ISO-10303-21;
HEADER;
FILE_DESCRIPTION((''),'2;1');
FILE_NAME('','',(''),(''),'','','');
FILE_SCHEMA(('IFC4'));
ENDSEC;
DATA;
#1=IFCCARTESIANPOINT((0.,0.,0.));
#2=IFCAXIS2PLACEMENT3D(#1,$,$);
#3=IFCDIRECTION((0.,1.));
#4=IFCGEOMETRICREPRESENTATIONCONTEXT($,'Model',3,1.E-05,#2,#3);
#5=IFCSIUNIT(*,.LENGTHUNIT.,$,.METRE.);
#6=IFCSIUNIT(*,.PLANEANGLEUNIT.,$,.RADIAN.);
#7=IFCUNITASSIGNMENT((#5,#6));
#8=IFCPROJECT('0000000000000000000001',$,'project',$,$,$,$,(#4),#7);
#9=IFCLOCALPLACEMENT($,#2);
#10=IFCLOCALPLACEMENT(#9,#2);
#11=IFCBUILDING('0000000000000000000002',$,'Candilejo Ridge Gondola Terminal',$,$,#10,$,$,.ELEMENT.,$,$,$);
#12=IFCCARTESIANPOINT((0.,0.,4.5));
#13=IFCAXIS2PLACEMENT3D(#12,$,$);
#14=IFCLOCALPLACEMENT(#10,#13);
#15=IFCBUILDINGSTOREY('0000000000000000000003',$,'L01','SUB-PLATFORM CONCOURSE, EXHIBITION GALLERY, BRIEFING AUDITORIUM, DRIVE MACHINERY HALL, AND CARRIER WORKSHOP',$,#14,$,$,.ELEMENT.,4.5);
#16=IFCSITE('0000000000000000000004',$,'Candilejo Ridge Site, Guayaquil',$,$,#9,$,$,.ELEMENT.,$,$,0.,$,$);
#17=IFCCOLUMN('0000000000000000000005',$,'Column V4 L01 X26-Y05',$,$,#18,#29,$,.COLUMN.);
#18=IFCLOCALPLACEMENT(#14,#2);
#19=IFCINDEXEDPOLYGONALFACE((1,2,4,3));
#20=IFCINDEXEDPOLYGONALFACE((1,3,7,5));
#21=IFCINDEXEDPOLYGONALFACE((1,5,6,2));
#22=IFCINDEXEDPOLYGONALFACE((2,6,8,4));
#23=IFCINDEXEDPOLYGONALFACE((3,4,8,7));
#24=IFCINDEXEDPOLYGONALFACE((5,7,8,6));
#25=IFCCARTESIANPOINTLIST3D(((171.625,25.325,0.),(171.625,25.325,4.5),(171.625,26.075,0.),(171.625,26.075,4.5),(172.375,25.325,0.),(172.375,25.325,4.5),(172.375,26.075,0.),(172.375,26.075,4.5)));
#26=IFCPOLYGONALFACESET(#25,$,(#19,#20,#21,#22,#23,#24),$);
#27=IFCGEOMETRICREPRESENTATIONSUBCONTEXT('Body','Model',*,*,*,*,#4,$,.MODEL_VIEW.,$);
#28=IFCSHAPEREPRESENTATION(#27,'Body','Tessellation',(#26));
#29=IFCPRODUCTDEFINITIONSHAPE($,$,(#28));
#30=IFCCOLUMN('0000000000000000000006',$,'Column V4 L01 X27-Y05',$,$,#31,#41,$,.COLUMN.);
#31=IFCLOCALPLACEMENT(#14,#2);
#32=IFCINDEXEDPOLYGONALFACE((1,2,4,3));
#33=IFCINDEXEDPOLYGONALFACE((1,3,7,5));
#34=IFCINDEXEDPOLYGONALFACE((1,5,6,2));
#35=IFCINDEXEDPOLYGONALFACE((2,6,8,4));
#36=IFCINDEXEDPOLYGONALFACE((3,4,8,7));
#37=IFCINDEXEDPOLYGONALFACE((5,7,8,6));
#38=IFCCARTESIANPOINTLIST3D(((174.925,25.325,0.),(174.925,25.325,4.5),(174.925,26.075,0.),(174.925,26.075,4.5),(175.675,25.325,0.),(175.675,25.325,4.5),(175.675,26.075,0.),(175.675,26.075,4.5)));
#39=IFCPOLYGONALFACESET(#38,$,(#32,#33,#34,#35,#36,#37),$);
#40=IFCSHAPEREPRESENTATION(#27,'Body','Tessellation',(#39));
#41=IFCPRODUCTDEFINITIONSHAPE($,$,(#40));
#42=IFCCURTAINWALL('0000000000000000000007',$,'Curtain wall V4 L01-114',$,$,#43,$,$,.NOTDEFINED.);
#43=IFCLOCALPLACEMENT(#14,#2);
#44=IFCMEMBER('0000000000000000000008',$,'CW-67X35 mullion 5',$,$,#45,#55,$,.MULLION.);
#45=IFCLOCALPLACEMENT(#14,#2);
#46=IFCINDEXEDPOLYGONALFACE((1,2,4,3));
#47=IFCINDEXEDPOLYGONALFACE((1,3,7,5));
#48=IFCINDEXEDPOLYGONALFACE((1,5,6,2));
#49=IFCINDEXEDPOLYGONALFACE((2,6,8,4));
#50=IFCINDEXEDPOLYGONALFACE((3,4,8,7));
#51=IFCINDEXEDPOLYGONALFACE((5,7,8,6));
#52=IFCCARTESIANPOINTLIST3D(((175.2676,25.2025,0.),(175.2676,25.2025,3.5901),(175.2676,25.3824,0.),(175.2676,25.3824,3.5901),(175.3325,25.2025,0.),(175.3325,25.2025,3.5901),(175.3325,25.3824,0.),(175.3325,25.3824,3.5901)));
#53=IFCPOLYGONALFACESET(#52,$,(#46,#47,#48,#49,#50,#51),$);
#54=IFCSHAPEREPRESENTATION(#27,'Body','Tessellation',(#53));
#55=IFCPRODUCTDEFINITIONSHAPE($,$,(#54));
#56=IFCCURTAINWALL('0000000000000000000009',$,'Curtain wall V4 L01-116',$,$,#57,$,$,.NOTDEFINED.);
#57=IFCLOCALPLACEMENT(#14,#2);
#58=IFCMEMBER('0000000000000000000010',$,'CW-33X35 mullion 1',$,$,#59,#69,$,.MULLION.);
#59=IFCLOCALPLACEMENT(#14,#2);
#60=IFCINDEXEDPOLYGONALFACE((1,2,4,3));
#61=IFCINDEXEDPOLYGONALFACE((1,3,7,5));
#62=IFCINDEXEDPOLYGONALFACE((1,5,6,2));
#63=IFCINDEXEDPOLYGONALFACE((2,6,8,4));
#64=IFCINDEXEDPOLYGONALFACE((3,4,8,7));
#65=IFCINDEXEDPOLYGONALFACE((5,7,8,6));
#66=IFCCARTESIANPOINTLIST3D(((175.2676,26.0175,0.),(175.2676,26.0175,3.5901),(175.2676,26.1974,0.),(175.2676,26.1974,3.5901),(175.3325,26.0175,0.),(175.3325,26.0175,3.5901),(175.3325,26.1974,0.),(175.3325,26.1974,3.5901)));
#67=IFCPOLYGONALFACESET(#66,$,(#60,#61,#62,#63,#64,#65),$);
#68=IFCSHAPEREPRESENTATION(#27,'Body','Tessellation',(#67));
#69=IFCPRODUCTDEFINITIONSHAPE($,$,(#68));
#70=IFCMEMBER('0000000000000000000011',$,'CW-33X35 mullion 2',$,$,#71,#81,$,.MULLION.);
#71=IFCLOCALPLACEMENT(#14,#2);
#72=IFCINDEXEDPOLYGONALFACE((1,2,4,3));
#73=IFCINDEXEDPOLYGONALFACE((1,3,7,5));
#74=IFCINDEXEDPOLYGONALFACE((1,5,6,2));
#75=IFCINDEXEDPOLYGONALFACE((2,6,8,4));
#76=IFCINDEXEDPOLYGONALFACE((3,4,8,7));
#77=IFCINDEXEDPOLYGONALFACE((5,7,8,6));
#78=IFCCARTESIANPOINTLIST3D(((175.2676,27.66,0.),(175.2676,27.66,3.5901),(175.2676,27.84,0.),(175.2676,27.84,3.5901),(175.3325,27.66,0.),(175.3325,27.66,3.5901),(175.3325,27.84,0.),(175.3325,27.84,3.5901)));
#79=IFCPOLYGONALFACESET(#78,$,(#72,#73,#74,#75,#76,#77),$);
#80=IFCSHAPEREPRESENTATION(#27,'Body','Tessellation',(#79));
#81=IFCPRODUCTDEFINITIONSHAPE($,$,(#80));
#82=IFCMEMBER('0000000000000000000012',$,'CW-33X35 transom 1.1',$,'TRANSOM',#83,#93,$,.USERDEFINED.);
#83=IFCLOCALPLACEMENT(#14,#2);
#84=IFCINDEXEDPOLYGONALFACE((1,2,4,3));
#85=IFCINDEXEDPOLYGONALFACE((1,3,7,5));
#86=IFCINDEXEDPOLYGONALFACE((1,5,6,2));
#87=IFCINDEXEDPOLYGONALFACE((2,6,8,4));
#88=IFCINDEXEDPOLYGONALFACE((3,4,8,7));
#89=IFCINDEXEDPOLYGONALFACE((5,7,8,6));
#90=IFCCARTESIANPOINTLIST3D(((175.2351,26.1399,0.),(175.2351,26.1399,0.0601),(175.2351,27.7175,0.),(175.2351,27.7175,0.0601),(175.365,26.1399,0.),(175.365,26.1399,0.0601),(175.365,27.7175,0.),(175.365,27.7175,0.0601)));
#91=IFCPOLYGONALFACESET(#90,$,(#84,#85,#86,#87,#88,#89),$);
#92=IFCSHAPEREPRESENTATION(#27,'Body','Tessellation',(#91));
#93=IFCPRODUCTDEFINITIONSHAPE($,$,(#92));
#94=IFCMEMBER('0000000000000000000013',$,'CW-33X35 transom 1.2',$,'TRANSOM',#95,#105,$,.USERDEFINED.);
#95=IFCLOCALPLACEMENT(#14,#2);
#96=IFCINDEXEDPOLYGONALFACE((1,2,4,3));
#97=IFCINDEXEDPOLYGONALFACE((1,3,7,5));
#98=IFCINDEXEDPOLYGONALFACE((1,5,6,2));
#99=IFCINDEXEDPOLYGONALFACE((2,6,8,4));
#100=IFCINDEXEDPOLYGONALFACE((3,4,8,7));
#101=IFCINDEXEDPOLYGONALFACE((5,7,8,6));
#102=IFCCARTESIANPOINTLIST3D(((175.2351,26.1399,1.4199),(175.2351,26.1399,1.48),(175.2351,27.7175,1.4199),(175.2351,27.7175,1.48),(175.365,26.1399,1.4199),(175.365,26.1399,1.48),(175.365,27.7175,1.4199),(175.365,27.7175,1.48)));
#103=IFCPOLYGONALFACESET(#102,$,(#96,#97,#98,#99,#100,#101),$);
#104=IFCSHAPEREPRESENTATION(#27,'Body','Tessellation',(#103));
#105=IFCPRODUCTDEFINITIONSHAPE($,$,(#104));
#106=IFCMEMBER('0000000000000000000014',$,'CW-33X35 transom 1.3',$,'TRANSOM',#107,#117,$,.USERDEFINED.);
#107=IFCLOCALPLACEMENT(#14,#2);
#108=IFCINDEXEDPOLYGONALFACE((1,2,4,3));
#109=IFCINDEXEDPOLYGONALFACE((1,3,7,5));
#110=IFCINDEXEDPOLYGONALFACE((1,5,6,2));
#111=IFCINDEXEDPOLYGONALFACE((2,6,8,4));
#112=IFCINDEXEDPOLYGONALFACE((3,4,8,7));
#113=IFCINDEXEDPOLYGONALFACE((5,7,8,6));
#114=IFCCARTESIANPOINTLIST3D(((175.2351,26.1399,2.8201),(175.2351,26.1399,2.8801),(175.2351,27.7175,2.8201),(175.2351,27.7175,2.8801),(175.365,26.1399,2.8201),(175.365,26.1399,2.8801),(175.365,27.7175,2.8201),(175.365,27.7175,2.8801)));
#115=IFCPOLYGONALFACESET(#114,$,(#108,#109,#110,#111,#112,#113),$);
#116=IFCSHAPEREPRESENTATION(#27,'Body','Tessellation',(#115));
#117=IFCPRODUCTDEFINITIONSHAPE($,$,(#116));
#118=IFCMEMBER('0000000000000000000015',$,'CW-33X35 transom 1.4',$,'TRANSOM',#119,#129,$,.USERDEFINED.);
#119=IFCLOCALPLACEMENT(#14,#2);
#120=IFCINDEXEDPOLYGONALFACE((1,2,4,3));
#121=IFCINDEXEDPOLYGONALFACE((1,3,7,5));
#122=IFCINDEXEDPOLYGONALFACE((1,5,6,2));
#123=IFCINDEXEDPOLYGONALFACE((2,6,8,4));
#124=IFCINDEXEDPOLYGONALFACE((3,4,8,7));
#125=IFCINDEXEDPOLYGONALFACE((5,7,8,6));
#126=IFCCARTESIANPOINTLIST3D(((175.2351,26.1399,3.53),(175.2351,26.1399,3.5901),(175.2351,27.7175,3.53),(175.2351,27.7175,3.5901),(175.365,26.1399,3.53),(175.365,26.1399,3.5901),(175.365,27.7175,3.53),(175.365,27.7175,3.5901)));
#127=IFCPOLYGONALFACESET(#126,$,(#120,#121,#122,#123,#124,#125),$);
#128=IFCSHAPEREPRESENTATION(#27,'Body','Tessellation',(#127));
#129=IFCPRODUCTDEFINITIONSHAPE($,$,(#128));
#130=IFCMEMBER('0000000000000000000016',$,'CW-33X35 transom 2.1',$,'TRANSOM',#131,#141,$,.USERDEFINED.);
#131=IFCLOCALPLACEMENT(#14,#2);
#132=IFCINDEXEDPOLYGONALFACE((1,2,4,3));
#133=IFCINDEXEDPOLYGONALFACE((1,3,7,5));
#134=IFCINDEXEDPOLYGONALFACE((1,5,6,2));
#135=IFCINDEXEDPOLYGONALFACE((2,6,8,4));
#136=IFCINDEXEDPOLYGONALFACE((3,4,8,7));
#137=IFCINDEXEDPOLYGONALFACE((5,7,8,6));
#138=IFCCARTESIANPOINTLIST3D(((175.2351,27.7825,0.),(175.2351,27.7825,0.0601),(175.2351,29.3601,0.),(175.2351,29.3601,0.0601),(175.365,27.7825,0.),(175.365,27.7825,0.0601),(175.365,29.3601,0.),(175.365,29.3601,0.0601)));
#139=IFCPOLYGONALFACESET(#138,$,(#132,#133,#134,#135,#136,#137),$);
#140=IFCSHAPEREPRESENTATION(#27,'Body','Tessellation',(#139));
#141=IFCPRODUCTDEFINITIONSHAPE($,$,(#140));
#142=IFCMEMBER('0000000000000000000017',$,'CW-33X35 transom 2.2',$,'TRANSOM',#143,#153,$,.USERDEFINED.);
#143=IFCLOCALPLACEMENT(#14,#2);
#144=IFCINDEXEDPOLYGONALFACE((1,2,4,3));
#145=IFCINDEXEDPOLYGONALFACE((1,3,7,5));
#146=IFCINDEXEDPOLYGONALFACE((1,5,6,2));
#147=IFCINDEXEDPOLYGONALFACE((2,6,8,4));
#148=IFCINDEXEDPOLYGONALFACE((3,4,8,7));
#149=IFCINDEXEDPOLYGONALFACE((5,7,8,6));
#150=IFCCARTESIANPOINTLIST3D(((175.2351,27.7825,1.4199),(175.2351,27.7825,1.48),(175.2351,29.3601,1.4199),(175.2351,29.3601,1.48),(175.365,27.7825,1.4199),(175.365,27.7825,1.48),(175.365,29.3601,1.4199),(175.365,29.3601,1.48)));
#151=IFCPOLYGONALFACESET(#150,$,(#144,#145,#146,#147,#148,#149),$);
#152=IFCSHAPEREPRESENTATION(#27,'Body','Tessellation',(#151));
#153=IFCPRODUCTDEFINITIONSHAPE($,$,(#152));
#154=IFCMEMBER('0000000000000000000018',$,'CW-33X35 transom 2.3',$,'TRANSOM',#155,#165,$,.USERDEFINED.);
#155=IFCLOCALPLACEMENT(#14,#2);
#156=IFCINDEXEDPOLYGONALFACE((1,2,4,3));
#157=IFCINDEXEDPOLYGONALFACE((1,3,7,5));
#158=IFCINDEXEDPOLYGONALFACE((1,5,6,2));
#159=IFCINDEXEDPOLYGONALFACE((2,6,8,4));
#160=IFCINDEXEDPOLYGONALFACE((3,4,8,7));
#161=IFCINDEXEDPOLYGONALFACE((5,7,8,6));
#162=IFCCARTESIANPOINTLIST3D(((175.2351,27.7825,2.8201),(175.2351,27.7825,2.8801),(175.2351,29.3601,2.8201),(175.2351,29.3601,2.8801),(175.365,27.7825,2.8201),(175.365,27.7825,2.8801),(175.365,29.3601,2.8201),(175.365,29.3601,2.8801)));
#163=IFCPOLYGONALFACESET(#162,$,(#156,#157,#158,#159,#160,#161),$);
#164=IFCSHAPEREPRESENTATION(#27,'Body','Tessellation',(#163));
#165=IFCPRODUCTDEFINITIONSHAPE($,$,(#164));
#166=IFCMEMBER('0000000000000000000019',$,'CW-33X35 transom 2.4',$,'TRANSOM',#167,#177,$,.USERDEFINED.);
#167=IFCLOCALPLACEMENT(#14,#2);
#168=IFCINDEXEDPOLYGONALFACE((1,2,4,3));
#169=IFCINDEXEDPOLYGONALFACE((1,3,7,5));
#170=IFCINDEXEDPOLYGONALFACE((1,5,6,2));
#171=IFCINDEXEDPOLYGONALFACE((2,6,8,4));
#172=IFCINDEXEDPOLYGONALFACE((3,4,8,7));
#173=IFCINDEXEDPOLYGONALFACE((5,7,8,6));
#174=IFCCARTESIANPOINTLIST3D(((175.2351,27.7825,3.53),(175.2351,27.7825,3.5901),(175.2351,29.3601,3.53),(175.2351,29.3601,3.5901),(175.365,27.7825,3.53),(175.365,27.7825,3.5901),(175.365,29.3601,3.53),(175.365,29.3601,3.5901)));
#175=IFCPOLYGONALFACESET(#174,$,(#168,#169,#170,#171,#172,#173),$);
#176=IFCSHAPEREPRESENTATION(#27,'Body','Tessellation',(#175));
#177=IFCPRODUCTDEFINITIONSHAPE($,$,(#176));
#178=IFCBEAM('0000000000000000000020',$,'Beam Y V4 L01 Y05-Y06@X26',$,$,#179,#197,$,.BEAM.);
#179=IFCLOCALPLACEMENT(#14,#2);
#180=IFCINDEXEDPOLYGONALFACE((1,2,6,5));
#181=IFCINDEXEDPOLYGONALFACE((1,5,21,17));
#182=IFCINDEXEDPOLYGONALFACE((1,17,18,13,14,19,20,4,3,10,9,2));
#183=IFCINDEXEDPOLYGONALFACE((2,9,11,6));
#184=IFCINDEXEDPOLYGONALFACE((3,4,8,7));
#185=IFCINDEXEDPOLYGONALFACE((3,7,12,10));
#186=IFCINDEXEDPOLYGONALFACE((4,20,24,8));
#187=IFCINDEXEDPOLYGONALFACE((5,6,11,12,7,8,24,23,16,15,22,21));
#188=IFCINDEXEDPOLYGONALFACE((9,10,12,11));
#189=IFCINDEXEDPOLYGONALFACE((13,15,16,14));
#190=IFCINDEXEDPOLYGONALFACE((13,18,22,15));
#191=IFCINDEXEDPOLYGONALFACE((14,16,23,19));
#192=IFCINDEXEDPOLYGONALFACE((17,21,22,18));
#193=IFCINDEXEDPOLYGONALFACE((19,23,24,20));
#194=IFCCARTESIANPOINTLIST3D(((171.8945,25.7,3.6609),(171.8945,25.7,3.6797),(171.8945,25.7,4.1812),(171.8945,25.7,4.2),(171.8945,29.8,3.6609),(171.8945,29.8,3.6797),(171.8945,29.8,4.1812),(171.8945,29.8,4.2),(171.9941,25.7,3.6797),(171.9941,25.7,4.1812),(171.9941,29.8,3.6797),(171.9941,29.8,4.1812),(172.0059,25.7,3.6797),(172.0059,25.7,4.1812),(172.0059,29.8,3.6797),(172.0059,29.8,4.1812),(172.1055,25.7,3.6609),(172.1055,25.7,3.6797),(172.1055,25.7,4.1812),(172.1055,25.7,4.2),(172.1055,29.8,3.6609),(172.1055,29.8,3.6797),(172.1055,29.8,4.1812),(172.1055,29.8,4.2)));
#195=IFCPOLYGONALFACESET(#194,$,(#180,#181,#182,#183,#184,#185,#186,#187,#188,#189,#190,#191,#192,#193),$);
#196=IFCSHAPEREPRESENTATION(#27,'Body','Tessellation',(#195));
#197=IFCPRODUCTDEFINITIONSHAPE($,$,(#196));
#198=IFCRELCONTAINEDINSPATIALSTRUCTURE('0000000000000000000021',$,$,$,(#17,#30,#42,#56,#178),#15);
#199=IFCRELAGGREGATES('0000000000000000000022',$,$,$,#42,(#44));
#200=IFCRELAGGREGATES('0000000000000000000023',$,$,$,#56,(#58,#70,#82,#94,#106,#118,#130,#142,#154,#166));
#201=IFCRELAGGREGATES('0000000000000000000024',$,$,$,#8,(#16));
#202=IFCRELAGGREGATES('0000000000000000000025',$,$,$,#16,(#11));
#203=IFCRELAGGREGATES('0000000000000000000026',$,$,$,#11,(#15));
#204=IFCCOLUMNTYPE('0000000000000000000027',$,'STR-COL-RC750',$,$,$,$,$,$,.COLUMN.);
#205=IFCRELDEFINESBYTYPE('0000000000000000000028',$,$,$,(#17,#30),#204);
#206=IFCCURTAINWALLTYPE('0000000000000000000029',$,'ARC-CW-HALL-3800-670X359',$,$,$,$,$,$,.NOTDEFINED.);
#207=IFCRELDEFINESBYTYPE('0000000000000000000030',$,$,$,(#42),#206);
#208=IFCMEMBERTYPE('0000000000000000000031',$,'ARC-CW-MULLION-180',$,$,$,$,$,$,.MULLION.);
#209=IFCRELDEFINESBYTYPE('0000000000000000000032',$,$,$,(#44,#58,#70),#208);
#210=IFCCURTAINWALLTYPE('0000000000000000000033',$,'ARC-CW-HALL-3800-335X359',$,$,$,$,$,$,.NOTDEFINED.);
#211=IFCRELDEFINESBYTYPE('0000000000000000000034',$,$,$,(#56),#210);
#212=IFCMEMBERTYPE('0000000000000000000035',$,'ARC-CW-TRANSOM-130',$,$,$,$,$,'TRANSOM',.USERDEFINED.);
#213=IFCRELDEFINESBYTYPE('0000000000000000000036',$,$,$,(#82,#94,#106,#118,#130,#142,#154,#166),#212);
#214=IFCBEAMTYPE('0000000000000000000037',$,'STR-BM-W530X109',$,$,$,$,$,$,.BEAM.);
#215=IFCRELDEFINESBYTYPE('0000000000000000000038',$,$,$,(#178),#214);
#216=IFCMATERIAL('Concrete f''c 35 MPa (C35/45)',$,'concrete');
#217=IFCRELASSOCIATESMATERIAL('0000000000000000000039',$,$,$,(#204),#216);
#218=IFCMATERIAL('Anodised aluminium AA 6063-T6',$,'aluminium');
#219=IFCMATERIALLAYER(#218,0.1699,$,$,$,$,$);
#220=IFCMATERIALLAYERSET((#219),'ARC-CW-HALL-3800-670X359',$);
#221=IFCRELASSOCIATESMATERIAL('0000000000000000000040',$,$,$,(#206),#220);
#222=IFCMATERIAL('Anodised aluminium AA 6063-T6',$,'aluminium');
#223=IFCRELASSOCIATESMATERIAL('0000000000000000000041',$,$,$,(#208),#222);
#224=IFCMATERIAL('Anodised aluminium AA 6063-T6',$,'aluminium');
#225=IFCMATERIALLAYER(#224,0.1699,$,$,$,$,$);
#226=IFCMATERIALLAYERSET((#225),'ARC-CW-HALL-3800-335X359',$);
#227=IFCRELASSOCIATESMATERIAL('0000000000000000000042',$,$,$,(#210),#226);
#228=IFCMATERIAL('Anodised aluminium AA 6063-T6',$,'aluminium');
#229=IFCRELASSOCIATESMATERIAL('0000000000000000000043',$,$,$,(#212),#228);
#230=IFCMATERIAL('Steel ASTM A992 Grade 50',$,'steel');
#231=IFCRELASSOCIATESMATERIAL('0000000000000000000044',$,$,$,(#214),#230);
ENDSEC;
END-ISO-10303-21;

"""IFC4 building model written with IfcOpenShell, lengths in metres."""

from ifc_helpers import new_model, si_unit, direction, frame, origin, origin_2d, place, context, subcontext, project, spatial, rectangle, i_section, extrude, material, layer, layer_set, material_profile, profile_set, type_object, element, aggregate, save


model = new_model("IFC4")

# Units and contexts
model_context = context("Model", 3, precision=1e-05, world=origin(), true_north=direction((0.0, 1.0)))
body_context = subcontext(model_context, "Body", "Model", "MODEL_VIEW")
ifc_project = project(units=[si_unit("LENGTHUNIT", "METRE"), si_unit("PLANEANGLEUNIT", "RADIAN")], contexts=[model_context])

# Site, building, storey
site_placement = place(None, origin())
site = spatial("IfcSite", under=ifc_project, at=site_placement, Name="Candilejo Ridge Site, Guayaquil", CompositionType="ELEMENT", RefElevation=0.0)
building_placement = place(site_placement, origin())
building = spatial("IfcBuilding", under=site, at=building_placement, Name="Candilejo Ridge Gondola Terminal", CompositionType="ELEMENT")
storey_placement = place(building_placement, frame((0.0, 0.0, 4.5)))
storey = spatial("IfcBuildingStorey", under=building, at=storey_placement, Name="L01", Description="SUB-PLATFORM CONCOURSE, EXHIBITION GALLERY, BRIEFING AUDITORIUM, DRIVE MACHINERY HALL, AND CARRIER WORKSHOP", CompositionType="ELEMENT", Elevation=4.5)

# Columns
ifc_material_1 = material(Name="Concrete f'c 35 MPa (C35/45)", Category="concrete")
ifc_material_profile_1 = material_profile(ifc_material_1, rectangle(XDim=0.75, YDim=0.75, at=origin_2d()))
ifc_profile_set_1 = profile_set([ifc_material_profile_1], Name="Concrete f'c 35 MPa (C35/45)")
column_type = type_object("IfcColumnType", Name="STR-COL-RC750", PredefinedType="COLUMN", material=ifc_profile_set_1)
for number, where, z_axis, x_axis, name in (
    (1, (172.0, 25.7, 0.0), (0.0, 0.0, 1.0), (1.0, 0.0, 0.0), "Column V4 L01 X26-Y05"),
    (2, (175.3, 25.7, 0.0), (0.0, 0.0, 1.0), (1.0, 0.0, 0.0), "Column V4 L01 X27-Y05"),
):
    element("IfcColumn", number, at=place(storey_placement, frame(where, z_axis=z_axis, x_axis=x_axis)), inside=storey, type_object=column_type, Name=name, PredefinedType="COLUMN", context=body_context, shape_type="SweptSolid", body=[
        extrude(rectangle(XDim=0.75, YDim=0.75, at=origin_2d()), origin(), (0.0, 0.0, 1.0), 4.5),
    ])

# Curtain wall, member
ifc_material_2 = material(Name="Anodised aluminium AA 6063-T6", Category="aluminium")
ifc_layer_1 = layer(ifc_material_2, 0.1699)
ifc_layer_set_1 = layer_set([ifc_layer_1], Name="ARC-CW-HALL-3800-670X359")
curtain_wall_type_1 = type_object("IfcCurtainWallType", Name="ARC-CW-HALL-3800-670X359", PredefinedType="NOTDEFINED", material=ifc_layer_set_1)
curtain_wall_1_placement = place(storey_placement, origin())
curtain_wall_1 = element("IfcCurtainWall", 3, at=curtain_wall_1_placement, inside=storey, type_object=curtain_wall_type_1, Name="Curtain wall V4 L01-114", PredefinedType="NOTDEFINED")
ifc_material_3 = material(Name="Anodised aluminium AA 6063-T6", Category="aluminium")
ifc_material_profile_2 = material_profile(ifc_material_3, rectangle(XDim=0.0649, YDim=0.1799, at=origin_2d()))
ifc_profile_set_2 = profile_set([ifc_material_profile_2], Name="Anodised aluminium AA 6063-T6")
member_type_1 = type_object("IfcMemberType", Name="ARC-CW-MULLION-180", PredefinedType="MULLION", material=ifc_profile_set_2)
member_1_placement = place(storey_placement, frame((175.3, 25.2925, 0.0), z_axis=(0.0, 0.0, 1.0), x_axis=(-1.0, 0.0, 0.0)))
member_1 = element("IfcMember", 4, at=member_1_placement, type_object=member_type_1, Name="CW-67X35 mullion 5", PredefinedType="MULLION", context=body_context, shape_type="SweptSolid", body=[
    extrude(rectangle(XDim=0.0649, YDim=0.1799, at=origin_2d()), origin(), (0.0, 0.0, 1.0), 3.5901),
])

# Curtain wall, members
ifc_material_4 = material(Name="Anodised aluminium AA 6063-T6", Category="aluminium")
ifc_layer_2 = layer(ifc_material_4, 0.1699)
ifc_layer_set_2 = layer_set([ifc_layer_2], Name="ARC-CW-HALL-3800-335X359")
curtain_wall_type_2 = type_object("IfcCurtainWallType", Name="ARC-CW-HALL-3800-335X359", PredefinedType="NOTDEFINED", material=ifc_layer_set_2)
curtain_wall_2_placement = place(storey_placement, origin())
curtain_wall_2 = element("IfcCurtainWall", 5, at=curtain_wall_2_placement, inside=storey, type_object=curtain_wall_type_2, Name="Curtain wall V4 L01-116", PredefinedType="NOTDEFINED")
member_2_placement = place(storey_placement, frame((175.3, 26.1074, 0.0), z_axis=(0.0, 0.0, 1.0), x_axis=(-1.0, 0.0, 0.0)))
member_2 = element("IfcMember", 6, at=member_2_placement, type_object=member_type_1, Name="CW-33X35 mullion 1", PredefinedType="MULLION", context=body_context, shape_type="SweptSolid", body=[
    extrude(rectangle(XDim=0.0649, YDim=0.1799, at=origin_2d()), origin(), (0.0, 0.0, 1.0), 3.5901),
])
member_3_placement = place(storey_placement, frame((175.3, 27.75, 0.0), z_axis=(0.0, 0.0, 1.0), x_axis=(-1.0, 0.0, 0.0)))
member_3 = element("IfcMember", 7, at=member_3_placement, type_object=member_type_1, Name="CW-33X35 mullion 2", PredefinedType="MULLION", context=body_context, shape_type="SweptSolid", body=[
    extrude(rectangle(XDim=0.0649, YDim=0.1799, at=origin_2d()), origin(), (0.0, 0.0, 1.0), 3.5901),
])
ifc_material_5 = material(Name="Anodised aluminium AA 6063-T6", Category="aluminium")
ifc_material_profile_3 = material_profile(ifc_material_5, rectangle(XDim=0.1299, YDim=0.0601, at=origin_2d()))
ifc_profile_set_3 = profile_set([ifc_material_profile_3], Name="Anodised aluminium AA 6063-T6")
member_type_2 = type_object("IfcMemberType", Name="ARC-CW-TRANSOM-130", ElementType="TRANSOM", PredefinedType="USERDEFINED", material=ifc_profile_set_3)
member_4_placement = place(storey_placement, frame((175.3, 26.1399, 0.03), z_axis=(0.0, 1.0, 0.0), x_axis=(-1.0, 0.0, 0.0)))
member_4 = element("IfcMember", 8, at=member_4_placement, type_object=member_type_2, Name="CW-33X35 transom 1.1", ObjectType="TRANSOM", PredefinedType="USERDEFINED", context=body_context, shape_type="SweptSolid", body=[
    extrude(rectangle(XDim=0.1299, YDim=0.0601, at=origin_2d()), origin(), (0.0, 0.0, 1.0), 1.5776),
])
member_5_placement = place(storey_placement, frame((175.3, 26.1399, 1.45), z_axis=(0.0, 1.0, 0.0), x_axis=(-1.0, 0.0, 0.0)))
member_5 = element("IfcMember", 9, at=member_5_placement, type_object=member_type_2, Name="CW-33X35 transom 1.2", ObjectType="TRANSOM", PredefinedType="USERDEFINED", context=body_context, shape_type="SweptSolid", body=[
    extrude(rectangle(XDim=0.1299, YDim=0.0601, at=origin_2d()), origin(), (0.0, 0.0, 1.0), 1.5776),
])
member_6_placement = place(storey_placement, frame((175.3, 26.1399, 2.8501), z_axis=(0.0, 1.0, 0.0), x_axis=(-1.0, 0.0, 0.0)))
member_6 = element("IfcMember", 10, at=member_6_placement, type_object=member_type_2, Name="CW-33X35 transom 1.3", ObjectType="TRANSOM", PredefinedType="USERDEFINED", context=body_context, shape_type="SweptSolid", body=[
    extrude(rectangle(XDim=0.1299, YDim=0.0601, at=origin_2d()), origin(), (0.0, 0.0, 1.0), 1.5776),
])
member_7_placement = place(storey_placement, frame((175.3, 26.1399, 3.5601), z_axis=(0.0, 1.0, 0.0), x_axis=(-1.0, 0.0, 0.0)))
member_7 = element("IfcMember", 11, at=member_7_placement, type_object=member_type_2, Name="CW-33X35 transom 1.4", ObjectType="TRANSOM", PredefinedType="USERDEFINED", context=body_context, shape_type="SweptSolid", body=[
    extrude(rectangle(XDim=0.1299, YDim=0.0601, at=origin_2d()), origin(), (0.0, 0.0, 1.0), 1.5776),
])
member_8_placement = place(storey_placement, frame((175.3, 27.7825, 0.03), z_axis=(0.0, 1.0, 0.0), x_axis=(-1.0, 0.0, 0.0)))
member_8 = element("IfcMember", 12, at=member_8_placement, type_object=member_type_2, Name="CW-33X35 transom 2.1", ObjectType="TRANSOM", PredefinedType="USERDEFINED", context=body_context, shape_type="SweptSolid", body=[
    extrude(rectangle(XDim=0.1299, YDim=0.0601, at=origin_2d()), origin(), (0.0, 0.0, 1.0), 1.5776),
])
member_9_placement = place(storey_placement, frame((175.3, 27.7825, 1.45), z_axis=(0.0, 1.0, 0.0), x_axis=(-1.0, 0.0, 0.0)))
member_9 = element("IfcMember", 13, at=member_9_placement, type_object=member_type_2, Name="CW-33X35 transom 2.2", ObjectType="TRANSOM", PredefinedType="USERDEFINED", context=body_context, shape_type="SweptSolid", body=[
    extrude(rectangle(XDim=0.1299, YDim=0.0601, at=origin_2d()), origin(), (0.0, 0.0, 1.0), 1.5776),
])
member_10_placement = place(storey_placement, frame((175.3, 27.7825, 2.8501), z_axis=(0.0, 1.0, 0.0), x_axis=(-1.0, 0.0, 0.0)))
member_10 = element("IfcMember", 14, at=member_10_placement, type_object=member_type_2, Name="CW-33X35 transom 2.3", ObjectType="TRANSOM", PredefinedType="USERDEFINED", context=body_context, shape_type="SweptSolid", body=[
    extrude(rectangle(XDim=0.1299, YDim=0.0601, at=origin_2d()), origin(), (0.0, 0.0, 1.0), 1.5776),
])
member_11_placement = place(storey_placement, frame((175.3, 27.7825, 3.5601), z_axis=(0.0, 1.0, 0.0), x_axis=(-1.0, 0.0, 0.0)))
member_11 = element("IfcMember", 15, at=member_11_placement, type_object=member_type_2, Name="CW-33X35 transom 2.4", ObjectType="TRANSOM", PredefinedType="USERDEFINED", context=body_context, shape_type="SweptSolid", body=[
    extrude(rectangle(XDim=0.1299, YDim=0.0601, at=origin_2d()), origin(), (0.0, 0.0, 1.0), 1.5776),
])

# Beam
ifc_material_6 = material(Name="Steel ASTM A992 Grade 50", Category="steel")
ifc_material_profile_4 = material_profile(ifc_material_6, i_section(OverallWidth=0.2109, OverallDepth=0.5391, WebThickness=0.0117, FlangeThickness=0.0188, at=origin_2d()))
ifc_profile_set_4 = profile_set([ifc_material_profile_4], Name="Steel ASTM A992 Grade 50")
beam_type_1 = type_object("IfcBeamType", Name="STR-BM-W530X109", PredefinedType="BEAM", material=ifc_profile_set_4)
beam_1_placement = place(storey_placement, frame((172.0, 25.7, 3.9304), z_axis=(0.0, 1.0, 0.0), x_axis=(-1.0, 0.0, 0.0)))
element("IfcBeam", 16, at=beam_1_placement, inside=storey, type_object=beam_type_1, Name="Beam Y V4 L01 Y05-Y06@X26", PredefinedType="BEAM", context=body_context, shape_type="SweptSolid", body=[
    extrude(i_section(OverallWidth=0.2109, OverallDepth=0.5391, WebThickness=0.0117, FlangeThickness=0.0188, at=origin_2d()), origin(), (0.0, 0.0, 1.0), 4.1001),
])

aggregate(curtain_wall_1, [member_1])
aggregate(curtain_wall_2, [member_2, member_3, member_4, member_5, member_6, member_7, member_8, member_9, member_10, member_11])

save(model, "model.ifc")
